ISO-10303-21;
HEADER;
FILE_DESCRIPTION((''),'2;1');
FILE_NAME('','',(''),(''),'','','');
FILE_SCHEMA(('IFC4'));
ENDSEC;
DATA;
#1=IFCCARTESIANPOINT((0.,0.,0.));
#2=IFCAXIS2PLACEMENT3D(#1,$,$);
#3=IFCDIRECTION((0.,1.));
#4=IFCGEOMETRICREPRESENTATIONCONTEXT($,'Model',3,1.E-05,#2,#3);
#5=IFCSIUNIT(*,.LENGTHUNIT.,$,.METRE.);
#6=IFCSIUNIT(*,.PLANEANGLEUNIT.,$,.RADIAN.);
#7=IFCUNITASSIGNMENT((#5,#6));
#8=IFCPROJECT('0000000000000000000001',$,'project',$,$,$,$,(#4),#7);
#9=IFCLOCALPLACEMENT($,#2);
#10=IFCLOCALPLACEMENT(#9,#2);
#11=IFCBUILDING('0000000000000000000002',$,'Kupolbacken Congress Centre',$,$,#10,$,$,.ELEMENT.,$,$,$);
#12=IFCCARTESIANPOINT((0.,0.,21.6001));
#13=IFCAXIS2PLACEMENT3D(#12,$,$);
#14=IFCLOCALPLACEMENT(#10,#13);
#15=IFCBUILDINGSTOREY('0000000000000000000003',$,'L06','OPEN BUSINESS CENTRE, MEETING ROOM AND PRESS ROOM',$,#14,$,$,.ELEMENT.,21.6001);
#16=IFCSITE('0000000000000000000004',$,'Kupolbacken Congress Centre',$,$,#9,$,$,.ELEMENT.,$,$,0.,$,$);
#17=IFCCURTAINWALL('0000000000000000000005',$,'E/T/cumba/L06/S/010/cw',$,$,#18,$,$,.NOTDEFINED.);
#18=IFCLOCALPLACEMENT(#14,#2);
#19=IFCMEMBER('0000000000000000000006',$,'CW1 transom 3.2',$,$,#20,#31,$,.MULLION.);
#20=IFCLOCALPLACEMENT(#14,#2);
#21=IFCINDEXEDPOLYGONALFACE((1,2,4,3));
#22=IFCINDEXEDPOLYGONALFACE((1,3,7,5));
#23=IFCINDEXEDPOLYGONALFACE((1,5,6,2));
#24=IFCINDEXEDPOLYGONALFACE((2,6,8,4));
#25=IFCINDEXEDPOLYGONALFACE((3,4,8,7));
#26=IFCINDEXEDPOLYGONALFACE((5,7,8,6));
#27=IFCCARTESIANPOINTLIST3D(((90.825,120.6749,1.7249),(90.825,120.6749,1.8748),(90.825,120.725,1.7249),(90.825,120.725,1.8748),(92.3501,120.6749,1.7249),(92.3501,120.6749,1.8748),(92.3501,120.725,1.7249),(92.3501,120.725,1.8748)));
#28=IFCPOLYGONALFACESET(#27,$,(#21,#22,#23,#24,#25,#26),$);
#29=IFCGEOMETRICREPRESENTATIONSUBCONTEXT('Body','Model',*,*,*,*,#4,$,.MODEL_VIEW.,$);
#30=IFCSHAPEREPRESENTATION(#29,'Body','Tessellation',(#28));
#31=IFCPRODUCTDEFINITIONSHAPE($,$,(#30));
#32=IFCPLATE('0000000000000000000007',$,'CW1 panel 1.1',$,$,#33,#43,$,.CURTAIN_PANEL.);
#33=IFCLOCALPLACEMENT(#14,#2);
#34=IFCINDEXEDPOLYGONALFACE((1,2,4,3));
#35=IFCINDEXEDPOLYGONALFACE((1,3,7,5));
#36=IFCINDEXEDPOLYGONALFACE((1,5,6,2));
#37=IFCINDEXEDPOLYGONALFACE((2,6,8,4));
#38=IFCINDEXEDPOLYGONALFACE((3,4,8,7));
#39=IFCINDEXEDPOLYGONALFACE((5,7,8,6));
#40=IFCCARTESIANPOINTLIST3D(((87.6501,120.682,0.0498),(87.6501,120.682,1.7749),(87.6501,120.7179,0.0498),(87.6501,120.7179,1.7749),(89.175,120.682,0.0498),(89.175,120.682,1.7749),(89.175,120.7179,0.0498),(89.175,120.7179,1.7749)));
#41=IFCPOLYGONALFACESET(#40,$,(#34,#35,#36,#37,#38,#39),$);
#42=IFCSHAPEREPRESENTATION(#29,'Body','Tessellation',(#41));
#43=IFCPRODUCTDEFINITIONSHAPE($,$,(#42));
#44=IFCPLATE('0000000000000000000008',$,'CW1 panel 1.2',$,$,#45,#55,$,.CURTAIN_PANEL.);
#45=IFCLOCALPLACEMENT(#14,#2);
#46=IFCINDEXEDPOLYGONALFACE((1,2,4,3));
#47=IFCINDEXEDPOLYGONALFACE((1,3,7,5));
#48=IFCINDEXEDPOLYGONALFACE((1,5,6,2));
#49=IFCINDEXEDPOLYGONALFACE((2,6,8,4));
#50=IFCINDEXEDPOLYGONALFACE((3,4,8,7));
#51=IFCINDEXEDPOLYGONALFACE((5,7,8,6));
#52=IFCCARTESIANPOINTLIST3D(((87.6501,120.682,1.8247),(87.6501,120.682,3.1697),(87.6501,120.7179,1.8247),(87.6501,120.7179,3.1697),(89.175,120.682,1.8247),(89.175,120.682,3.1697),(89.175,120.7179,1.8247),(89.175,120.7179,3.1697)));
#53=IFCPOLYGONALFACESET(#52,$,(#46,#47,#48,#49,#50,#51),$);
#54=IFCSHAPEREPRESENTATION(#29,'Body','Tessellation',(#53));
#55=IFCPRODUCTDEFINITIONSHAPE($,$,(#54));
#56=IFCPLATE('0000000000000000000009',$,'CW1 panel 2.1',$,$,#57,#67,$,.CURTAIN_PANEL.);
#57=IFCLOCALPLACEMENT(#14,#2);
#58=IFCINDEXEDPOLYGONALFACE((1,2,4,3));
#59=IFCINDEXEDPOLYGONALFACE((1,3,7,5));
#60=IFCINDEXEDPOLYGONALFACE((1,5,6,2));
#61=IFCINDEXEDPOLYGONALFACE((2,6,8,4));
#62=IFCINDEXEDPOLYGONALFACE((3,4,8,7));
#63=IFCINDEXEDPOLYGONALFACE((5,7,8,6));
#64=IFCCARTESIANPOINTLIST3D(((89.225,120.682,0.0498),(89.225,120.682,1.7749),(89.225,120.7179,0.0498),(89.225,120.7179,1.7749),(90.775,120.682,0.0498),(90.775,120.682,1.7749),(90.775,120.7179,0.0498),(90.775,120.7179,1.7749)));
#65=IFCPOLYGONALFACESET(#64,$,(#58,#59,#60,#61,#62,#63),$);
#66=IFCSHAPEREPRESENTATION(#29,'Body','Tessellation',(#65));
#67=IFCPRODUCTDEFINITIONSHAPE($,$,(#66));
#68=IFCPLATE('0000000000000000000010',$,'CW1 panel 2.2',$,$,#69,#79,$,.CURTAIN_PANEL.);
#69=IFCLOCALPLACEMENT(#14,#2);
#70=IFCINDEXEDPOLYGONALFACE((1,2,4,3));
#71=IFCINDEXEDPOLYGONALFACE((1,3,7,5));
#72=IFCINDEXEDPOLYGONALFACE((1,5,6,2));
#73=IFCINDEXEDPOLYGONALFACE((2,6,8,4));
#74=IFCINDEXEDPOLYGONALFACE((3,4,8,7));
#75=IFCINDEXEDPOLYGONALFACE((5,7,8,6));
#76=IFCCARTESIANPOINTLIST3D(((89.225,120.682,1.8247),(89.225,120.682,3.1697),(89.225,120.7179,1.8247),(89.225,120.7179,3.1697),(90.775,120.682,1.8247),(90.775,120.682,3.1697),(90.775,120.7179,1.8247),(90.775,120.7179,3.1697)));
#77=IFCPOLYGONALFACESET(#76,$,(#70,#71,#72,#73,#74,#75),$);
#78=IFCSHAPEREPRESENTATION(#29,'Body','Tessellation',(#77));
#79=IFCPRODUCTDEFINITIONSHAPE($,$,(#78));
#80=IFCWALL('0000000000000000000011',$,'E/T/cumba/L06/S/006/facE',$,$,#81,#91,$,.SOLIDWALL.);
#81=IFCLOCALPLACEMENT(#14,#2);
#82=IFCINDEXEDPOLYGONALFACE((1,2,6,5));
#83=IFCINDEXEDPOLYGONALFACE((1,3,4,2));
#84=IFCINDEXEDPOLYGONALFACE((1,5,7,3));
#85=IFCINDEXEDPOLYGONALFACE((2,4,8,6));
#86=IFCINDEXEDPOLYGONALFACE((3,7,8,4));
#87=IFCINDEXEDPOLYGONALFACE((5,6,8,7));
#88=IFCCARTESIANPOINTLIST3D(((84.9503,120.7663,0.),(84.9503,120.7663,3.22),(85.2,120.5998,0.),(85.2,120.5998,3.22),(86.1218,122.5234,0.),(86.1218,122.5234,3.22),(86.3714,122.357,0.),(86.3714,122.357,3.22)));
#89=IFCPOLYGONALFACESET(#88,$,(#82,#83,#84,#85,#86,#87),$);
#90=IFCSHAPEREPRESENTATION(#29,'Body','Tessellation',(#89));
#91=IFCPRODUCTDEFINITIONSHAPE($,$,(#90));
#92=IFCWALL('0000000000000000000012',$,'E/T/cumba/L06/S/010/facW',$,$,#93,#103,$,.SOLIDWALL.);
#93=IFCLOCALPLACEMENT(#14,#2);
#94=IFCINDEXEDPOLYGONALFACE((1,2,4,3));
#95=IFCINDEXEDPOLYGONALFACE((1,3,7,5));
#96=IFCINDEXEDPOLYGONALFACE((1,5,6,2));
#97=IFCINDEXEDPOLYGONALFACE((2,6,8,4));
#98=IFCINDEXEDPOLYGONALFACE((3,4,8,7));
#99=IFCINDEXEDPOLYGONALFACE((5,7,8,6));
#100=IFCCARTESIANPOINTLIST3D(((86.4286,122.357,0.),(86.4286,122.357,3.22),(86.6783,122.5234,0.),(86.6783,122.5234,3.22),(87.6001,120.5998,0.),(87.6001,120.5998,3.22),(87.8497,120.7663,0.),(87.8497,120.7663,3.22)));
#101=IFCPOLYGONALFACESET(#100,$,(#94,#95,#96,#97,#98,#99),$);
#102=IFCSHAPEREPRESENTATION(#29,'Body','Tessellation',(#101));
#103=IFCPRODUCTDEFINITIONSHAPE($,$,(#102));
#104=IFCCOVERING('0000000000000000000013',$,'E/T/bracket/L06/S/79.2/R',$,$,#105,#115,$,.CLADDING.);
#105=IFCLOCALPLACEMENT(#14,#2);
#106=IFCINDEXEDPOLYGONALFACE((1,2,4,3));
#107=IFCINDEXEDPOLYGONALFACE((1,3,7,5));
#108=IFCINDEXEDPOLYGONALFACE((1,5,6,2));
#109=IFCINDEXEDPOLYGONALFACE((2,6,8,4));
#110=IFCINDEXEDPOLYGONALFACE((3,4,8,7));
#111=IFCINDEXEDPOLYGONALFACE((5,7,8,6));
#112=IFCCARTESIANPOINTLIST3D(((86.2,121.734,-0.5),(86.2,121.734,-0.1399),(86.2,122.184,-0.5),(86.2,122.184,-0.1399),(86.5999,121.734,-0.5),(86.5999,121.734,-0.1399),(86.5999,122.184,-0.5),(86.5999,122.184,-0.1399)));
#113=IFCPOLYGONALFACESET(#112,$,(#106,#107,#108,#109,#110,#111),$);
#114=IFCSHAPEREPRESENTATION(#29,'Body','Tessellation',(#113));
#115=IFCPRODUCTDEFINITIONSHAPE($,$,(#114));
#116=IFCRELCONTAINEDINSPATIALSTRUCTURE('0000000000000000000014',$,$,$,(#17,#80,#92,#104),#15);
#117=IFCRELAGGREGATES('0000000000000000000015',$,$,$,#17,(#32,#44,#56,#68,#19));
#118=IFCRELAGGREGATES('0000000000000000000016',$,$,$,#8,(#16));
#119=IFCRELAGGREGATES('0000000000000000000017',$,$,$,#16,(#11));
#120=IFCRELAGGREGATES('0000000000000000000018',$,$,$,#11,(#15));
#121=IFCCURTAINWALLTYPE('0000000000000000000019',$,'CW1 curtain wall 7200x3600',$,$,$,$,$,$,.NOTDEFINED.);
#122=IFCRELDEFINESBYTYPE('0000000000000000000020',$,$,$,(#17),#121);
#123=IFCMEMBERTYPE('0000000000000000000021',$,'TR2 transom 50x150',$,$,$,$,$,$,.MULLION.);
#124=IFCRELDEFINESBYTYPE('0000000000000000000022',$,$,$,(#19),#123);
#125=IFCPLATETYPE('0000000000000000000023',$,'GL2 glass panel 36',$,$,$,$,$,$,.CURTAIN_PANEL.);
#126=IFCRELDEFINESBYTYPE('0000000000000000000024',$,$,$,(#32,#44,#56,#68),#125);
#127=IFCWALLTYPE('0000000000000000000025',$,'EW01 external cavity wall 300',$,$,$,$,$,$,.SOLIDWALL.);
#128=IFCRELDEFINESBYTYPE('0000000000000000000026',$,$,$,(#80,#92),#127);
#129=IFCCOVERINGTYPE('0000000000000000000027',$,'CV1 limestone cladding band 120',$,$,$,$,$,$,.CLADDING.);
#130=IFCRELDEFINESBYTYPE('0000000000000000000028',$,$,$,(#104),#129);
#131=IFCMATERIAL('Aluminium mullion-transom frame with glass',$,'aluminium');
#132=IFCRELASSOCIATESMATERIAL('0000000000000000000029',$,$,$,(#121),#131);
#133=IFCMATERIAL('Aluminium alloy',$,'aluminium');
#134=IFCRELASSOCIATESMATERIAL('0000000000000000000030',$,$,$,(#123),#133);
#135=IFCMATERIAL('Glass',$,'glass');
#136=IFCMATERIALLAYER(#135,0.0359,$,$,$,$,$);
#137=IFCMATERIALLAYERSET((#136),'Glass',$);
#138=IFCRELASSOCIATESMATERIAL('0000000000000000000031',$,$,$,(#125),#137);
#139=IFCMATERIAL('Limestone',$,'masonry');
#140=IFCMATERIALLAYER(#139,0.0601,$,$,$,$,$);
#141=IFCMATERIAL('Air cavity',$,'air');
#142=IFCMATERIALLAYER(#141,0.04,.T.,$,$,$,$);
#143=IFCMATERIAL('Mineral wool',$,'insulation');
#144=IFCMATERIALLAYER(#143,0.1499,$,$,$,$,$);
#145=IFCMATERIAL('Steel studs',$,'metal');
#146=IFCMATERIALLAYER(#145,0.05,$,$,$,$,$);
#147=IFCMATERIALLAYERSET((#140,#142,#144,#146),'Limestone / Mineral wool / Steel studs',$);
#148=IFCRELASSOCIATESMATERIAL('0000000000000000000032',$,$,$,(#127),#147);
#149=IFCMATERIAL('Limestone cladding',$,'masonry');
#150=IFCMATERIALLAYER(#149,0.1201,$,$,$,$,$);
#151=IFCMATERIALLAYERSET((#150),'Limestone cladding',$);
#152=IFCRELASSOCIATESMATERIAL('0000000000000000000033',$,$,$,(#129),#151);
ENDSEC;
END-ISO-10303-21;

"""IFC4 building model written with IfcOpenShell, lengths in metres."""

from ifc_helpers import new_model, si_unit, direction, frame, frame_2d, origin, origin_2d, place, context, subcontext, project, spatial, rectangle, extrude, material, layer, layer_set, material_profile, profile_set, type_object, element, aggregate, save


model = new_model("IFC4")

# Units and contexts
model_context = context("Model", 3, precision=1e-05, world=origin(), true_north=direction((0.0, 1.0)))
body_context = subcontext(model_context, "Body", "Model", "MODEL_VIEW")
ifc_project = project(units=[si_unit("LENGTHUNIT", "METRE"), si_unit("PLANEANGLEUNIT", "RADIAN")], contexts=[model_context])

# Site, building, storey
site_placement = place(None, origin())
site = spatial("IfcSite", under=ifc_project, at=site_placement, Name="Kupolbacken Congress Centre", CompositionType="ELEMENT", RefElevation=0.0)
building_placement = place(site_placement, origin())
building = spatial("IfcBuilding", under=site, at=building_placement, Name="Kupolbacken Congress Centre", CompositionType="ELEMENT")
storey_placement = place(building_placement, frame((0.0, 0.0, 21.6001)))
storey = spatial("IfcBuildingStorey", under=building, at=storey_placement, Name="L06", Description="OPEN BUSINESS CENTRE, MEETING ROOM AND PRESS ROOM", CompositionType="ELEMENT", Elevation=21.6001)

# Shared definitions
ifc_material_1 = material(Name="Aluminium mullion-transom frame with glass", Category="aluminium")
curtain_wall_type = type_object("IfcCurtainWallType", Name="CW1 curtain wall 7200x3600", PredefinedType="NOTDEFINED", material=ifc_material_1)

# Curtain wall, member, plates
curtain_wall_1_placement = place(storey_placement, origin())
curtain_wall_1 = element("IfcCurtainWall", 1, at=curtain_wall_1_placement, inside=storey, type_object=curtain_wall_type, Name="E/T/cumba/L06/S/010/cw", PredefinedType="NOTDEFINED")
ifc_material_2 = material(Name="Aluminium alloy", Category="aluminium")
ifc_material_profile_1 = material_profile(ifc_material_2, rectangle(XDim=0.05, YDim=0.1499, at=origin_2d()), Name="50 x 150")
ifc_profile_set_1 = profile_set([ifc_material_profile_1], Name="Aluminium alloy")
member_type_1 = type_object("IfcMemberType", Name="TR2 transom 50x150", PredefinedType="MULLION", material=ifc_profile_set_1)
member_1_placement = place(storey_placement, frame((90.825, 120.7, 1.7998), z_axis=(1.0, 0.0, 0.0), x_axis=(0.0, 1.0, 0.0)))
member_1 = element("IfcMember", 2, at=member_1_placement, type_object=member_type_1, Name="CW1 transom 3.2", PredefinedType="MULLION", context=body_context, shape_type="SweptSolid", body=[
    extrude(rectangle(XDim=0.05, YDim=0.1499, at=origin_2d()), origin(), (0.0, 0.0, 1.0), 1.5251),
])
ifc_material_3 = material(Name="Glass", Category="glass")
ifc_layer_1 = layer(ifc_material_3, 0.0359)
ifc_layer_set_1 = layer_set([ifc_layer_1], Name="Glass")
plate_type = type_object("IfcPlateType", Name="GL2 glass panel 36", PredefinedType="CURTAIN_PANEL", material=ifc_layer_set_1)
plate_1_placement = place(storey_placement, frame((88.4126, 120.7, 0.0498), z_axis=(0.0, 0.0, 1.0), x_axis=(1.0, 0.0, 0.0)))
plate_1 = element("IfcPlate", 3, at=plate_1_placement, type_object=plate_type, Name="CW1 panel 1.1", PredefinedType="CURTAIN_PANEL", context=body_context, shape_type="SweptSolid", body=[
    extrude(rectangle(XDim=1.5249, YDim=0.0359, at=origin_2d()), origin(), (0.0, 0.0, 1.0), 1.7251),
])
plate_2_placement = place(storey_placement, frame((88.4126, 120.7, 1.8247), z_axis=(0.0, 0.0, 1.0), x_axis=(1.0, 0.0, 0.0)))
plate_2 = element("IfcPlate", 4, at=plate_2_placement, type_object=plate_type, Name="CW1 panel 1.2", PredefinedType="CURTAIN_PANEL", context=body_context, shape_type="SweptSolid", body=[
    extrude(rectangle(XDim=1.5249, YDim=0.0359, at=origin_2d()), origin(), (0.0, 0.0, 1.0), 1.345),
])
plate_3_placement = place(storey_placement, frame((90.0, 120.7, 0.0498), z_axis=(0.0, 0.0, 1.0), x_axis=(1.0, 0.0, 0.0)))
plate_3 = element("IfcPlate", 5, at=plate_3_placement, type_object=plate_type, Name="CW1 panel 2.1", PredefinedType="CURTAIN_PANEL", context=body_context, shape_type="SweptSolid", body=[
    extrude(rectangle(XDim=1.55, YDim=0.0359, at=origin_2d()), origin(), (0.0, 0.0, 1.0), 1.7251),
])
plate_4_placement = place(storey_placement, frame((90.0, 120.7, 1.8247), z_axis=(0.0, 0.0, 1.0), x_axis=(1.0, 0.0, 0.0)))
plate_4 = element("IfcPlate", 6, at=plate_4_placement, type_object=plate_type, Name="CW1 panel 2.2", PredefinedType="CURTAIN_PANEL", context=body_context, shape_type="SweptSolid", body=[
    extrude(rectangle(XDim=1.55, YDim=0.0359, at=origin_2d()), origin(), (0.0, 0.0, 1.0), 1.345),
])
aggregate(curtain_wall_1, [plate_1, plate_2, plate_3, plate_4, member_1])

# Walls
ifc_material_4 = material(Name="Limestone", Category="masonry")
ifc_layer_2 = layer(ifc_material_4, 0.0601)
ifc_material_5 = material(Name="Air cavity", Category="air")
ifc_layer_3 = layer(ifc_material_5, 0.04, ventilated=True)
ifc_material_6 = material(Name="Mineral wool", Category="insulation")
ifc_layer_4 = layer(ifc_material_6, 0.1499)
ifc_material_7 = material(Name="Steel studs", Category="metal")
ifc_layer_5 = layer(ifc_material_7, 0.05)
ifc_layer_set_2 = layer_set([ifc_layer_2, ifc_layer_3, ifc_layer_4, ifc_layer_5], Name="Limestone / Mineral wool / Steel studs")
wall_type = type_object("IfcWallType", Name="EW01 external cavity wall 300", PredefinedType="SOLIDWALL", material=ifc_layer_set_2)
for number, where, z_axis, x_axis, name in (
    (7, (86.2466, 122.4402, 0.0), (0.0, 0.0, 1.0), (-0.5547, -0.83205, 0.0), "E/T/cumba/L06/S/006/facE"),
    (8, (86.5535, 122.4402, 0.0), (0.0, 0.0, 1.0), (0.5547, -0.83205, 0.0), "E/T/cumba/L06/S/010/facW"),
):
    element("IfcWall", number, at=place(storey_placement, frame(where, z_axis=z_axis, x_axis=x_axis)), inside=storey, type_object=wall_type, Name=name, PredefinedType="SOLIDWALL", context=body_context, shape_type="SweptSolid", body=[
        extrude(rectangle(XDim=2.1118, YDim=0.3, at=frame_2d((1.0559, 0.0))), origin(), (0.0, 0.0, 1.0), 3.22),
    ])

# Covering
ifc_material_8 = material(Name="Limestone cladding", Category="masonry")
ifc_layer_6 = layer(ifc_material_8, 0.1201)
ifc_layer_set_3 = layer_set([ifc_layer_6], Name="Limestone cladding")
covering_type = type_object("IfcCoveringType", Name="CV1 limestone cladding band 120", PredefinedType="CLADDING", material=ifc_layer_set_3)
covering_placement = place(storey_placement, frame((86.3999, 121.959, -0.5), z_axis=(0.0, 0.0, 1.0), x_axis=(1.0, 0.0, 0.0)))
element("IfcCovering", 9, at=covering_placement, inside=storey, type_object=covering_type, Name="E/T/bracket/L06/S/79.2/R", PredefinedType="CLADDING", context=body_context, shape_type="SweptSolid", body=[
    extrude(rectangle(XDim=0.3999, YDim=0.45, at=origin_2d()), origin(), (0.0, 0.0, 1.0), 0.3601),
])

save(model, "model.ifc")
